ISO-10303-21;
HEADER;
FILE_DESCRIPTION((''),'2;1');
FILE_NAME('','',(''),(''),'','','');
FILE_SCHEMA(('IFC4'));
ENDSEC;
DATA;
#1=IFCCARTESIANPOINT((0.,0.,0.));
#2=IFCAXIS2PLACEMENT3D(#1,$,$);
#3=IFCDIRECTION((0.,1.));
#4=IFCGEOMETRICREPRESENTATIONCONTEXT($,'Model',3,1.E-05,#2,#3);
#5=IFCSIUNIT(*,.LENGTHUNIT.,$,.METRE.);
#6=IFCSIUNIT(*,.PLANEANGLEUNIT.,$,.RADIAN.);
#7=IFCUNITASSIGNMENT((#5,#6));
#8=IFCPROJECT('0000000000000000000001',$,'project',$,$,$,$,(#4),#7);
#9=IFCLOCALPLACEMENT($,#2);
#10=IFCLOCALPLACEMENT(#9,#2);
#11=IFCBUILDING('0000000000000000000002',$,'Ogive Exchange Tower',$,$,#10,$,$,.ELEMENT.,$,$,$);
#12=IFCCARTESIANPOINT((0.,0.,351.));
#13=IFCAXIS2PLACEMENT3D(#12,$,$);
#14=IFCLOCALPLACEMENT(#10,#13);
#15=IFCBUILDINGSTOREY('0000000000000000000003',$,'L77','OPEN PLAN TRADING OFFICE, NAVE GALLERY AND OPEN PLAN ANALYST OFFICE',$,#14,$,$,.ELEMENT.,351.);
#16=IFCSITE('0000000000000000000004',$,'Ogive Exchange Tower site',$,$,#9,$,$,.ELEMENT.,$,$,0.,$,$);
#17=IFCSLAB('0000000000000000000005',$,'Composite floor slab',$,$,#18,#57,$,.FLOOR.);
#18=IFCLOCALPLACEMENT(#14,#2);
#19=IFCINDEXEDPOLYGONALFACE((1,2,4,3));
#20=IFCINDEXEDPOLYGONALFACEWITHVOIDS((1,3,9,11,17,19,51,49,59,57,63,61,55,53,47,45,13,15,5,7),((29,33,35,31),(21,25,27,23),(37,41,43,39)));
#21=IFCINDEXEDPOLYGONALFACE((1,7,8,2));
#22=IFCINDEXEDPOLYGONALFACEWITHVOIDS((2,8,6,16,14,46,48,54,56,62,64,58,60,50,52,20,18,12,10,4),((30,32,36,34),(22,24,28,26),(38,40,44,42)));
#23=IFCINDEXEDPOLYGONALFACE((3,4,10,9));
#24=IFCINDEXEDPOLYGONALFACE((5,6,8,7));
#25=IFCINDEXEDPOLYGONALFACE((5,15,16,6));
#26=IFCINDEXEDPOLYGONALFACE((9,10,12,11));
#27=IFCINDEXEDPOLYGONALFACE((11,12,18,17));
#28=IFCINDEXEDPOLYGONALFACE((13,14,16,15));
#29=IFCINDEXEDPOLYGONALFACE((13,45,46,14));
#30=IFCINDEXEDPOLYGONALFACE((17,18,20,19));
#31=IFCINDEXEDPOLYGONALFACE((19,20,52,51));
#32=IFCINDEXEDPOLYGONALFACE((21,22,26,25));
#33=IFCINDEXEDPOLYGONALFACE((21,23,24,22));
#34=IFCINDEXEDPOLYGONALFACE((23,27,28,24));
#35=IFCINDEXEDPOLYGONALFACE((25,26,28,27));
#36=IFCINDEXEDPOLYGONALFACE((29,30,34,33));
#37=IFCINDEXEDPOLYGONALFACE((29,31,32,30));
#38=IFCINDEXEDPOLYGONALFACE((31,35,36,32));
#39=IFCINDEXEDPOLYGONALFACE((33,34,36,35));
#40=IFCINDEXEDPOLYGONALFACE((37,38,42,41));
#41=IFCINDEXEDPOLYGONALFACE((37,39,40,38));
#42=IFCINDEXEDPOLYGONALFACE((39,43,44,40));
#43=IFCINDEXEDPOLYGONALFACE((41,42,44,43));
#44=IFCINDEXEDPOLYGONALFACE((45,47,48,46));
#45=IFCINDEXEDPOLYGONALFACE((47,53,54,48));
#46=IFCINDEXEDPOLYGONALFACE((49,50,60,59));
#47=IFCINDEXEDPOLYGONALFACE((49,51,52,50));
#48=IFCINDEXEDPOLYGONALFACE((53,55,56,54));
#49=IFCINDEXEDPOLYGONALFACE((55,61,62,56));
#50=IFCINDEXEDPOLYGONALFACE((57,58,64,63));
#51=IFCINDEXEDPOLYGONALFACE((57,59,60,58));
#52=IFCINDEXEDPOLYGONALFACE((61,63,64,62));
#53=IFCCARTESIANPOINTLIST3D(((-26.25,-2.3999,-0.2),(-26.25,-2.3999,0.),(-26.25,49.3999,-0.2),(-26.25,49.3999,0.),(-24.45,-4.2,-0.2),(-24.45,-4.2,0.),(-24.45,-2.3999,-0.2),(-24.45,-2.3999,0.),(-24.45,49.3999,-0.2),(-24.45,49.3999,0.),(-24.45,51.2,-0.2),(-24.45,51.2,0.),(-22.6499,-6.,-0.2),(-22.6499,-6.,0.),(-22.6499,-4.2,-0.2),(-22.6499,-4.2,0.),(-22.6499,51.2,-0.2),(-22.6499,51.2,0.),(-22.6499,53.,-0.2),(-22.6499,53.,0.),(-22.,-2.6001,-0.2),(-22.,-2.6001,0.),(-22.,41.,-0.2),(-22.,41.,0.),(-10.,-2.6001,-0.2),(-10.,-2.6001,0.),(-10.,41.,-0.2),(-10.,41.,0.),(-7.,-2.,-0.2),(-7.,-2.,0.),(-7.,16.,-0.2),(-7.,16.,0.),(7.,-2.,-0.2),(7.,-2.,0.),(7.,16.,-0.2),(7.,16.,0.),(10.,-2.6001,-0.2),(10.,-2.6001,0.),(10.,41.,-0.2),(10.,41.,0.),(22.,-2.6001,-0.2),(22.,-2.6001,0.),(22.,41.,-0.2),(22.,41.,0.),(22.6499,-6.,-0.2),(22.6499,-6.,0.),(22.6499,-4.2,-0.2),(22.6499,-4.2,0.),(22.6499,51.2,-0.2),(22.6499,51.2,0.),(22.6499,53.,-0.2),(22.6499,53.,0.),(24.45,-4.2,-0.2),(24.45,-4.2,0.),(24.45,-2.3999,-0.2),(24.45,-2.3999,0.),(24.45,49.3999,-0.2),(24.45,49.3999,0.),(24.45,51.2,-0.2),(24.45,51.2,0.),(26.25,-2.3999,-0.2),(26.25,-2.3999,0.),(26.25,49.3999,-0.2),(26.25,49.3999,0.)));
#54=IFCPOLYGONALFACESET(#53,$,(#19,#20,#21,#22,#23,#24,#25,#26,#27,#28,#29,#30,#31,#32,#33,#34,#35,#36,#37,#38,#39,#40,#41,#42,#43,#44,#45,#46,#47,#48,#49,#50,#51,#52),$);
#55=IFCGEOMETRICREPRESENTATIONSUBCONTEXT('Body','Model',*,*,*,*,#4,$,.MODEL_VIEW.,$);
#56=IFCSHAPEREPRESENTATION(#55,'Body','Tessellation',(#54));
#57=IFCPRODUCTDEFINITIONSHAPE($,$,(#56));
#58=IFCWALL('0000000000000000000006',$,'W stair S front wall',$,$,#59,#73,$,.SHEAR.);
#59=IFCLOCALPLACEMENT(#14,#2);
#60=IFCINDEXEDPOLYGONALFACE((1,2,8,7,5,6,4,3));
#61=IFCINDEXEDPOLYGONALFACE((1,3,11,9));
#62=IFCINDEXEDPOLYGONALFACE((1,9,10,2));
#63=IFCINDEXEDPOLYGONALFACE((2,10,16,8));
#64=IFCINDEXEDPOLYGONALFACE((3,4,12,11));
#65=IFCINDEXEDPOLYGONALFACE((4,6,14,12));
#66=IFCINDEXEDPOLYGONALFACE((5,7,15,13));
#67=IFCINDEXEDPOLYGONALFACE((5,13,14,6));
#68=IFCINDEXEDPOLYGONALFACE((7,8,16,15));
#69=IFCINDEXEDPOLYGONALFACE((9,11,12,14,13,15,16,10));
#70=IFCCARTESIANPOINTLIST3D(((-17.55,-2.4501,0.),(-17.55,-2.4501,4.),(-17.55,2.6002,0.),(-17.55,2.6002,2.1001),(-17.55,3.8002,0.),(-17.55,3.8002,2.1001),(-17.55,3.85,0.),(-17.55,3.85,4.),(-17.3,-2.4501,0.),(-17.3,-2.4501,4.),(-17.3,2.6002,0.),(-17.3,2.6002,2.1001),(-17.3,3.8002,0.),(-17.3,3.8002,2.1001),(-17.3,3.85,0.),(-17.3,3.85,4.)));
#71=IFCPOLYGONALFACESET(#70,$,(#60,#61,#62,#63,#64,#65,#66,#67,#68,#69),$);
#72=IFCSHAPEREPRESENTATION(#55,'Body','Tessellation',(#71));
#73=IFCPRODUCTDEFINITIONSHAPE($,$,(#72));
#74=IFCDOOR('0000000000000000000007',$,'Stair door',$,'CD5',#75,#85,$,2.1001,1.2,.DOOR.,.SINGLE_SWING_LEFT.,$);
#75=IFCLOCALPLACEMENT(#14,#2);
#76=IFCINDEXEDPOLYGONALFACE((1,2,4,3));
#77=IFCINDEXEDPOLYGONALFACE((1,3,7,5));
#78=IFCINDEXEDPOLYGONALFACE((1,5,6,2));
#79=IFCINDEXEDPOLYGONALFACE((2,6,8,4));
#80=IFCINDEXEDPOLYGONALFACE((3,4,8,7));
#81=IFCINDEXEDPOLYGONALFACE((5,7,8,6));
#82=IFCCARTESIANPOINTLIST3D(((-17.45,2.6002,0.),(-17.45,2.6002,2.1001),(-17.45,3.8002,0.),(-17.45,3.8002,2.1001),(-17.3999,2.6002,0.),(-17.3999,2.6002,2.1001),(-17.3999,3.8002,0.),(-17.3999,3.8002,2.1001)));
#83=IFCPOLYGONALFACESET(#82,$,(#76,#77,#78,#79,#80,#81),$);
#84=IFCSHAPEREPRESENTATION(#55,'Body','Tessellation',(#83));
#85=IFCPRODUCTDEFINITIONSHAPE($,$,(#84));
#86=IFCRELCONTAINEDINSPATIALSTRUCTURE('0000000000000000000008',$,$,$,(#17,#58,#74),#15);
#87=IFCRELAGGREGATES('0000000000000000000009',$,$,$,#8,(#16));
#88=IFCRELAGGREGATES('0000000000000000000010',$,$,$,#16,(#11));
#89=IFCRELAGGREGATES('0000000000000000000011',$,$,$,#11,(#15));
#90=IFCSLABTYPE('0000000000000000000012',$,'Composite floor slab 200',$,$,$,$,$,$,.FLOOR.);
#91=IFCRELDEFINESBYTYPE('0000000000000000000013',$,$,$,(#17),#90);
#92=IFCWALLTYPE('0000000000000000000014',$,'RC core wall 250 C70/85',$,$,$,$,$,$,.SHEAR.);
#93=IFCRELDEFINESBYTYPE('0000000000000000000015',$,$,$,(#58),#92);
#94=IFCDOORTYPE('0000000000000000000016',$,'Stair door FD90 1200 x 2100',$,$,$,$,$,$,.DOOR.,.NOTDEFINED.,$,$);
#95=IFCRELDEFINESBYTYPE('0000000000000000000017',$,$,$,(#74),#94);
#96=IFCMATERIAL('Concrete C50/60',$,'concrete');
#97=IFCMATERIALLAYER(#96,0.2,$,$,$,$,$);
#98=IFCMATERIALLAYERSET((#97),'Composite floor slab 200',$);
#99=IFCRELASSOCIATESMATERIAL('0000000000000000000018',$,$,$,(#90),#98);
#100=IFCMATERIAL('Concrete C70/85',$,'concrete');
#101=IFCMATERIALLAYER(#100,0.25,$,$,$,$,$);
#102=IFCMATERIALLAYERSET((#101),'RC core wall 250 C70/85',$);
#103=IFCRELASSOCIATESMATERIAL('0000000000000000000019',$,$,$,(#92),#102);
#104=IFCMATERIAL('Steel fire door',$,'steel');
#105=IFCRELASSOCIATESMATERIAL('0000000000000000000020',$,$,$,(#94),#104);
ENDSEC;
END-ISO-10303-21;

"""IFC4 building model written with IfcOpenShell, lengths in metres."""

from ifc_helpers import new_model, si_unit, direction, frame, frame_2d, origin, place, context, subcontext, project, spatial, polyline, rectangle, outline, extrude, material, layer, layer_set, type_object, element, fill, save


model = new_model("IFC4")

# Units and contexts
model_context = context("Model", 3, precision=1e-05, world=origin(), true_north=direction((0.0, 1.0)))
body_context = subcontext(model_context, "Body", "Model", "MODEL_VIEW")
ifc_project = project(units=[si_unit("LENGTHUNIT", "METRE"), si_unit("PLANEANGLEUNIT", "RADIAN")], contexts=[model_context])

# Site, building, storey
site_placement = place(None, origin())
site = spatial("IfcSite", under=ifc_project, at=site_placement, Name="Ogive Exchange Tower site", CompositionType="ELEMENT", RefElevation=0.0)
building_placement = place(site_placement, origin())
building = spatial("IfcBuilding", under=site, at=building_placement, Name="Ogive Exchange Tower", CompositionType="ELEMENT")
storey_placement = place(building_placement, frame((0.0, 0.0, 351.0)))
storey = spatial("IfcBuildingStorey", under=building, at=storey_placement, Name="L77", Description="OPEN PLAN TRADING OFFICE, NAVE GALLERY AND OPEN PLAN ANALYST OFFICE", CompositionType="ELEMENT", Elevation=351.0)

# Slab
ifc_material_1 = material(Name="Concrete C50/60", Category="concrete")
ifc_layer_1 = layer(ifc_material_1, 0.2)
ifc_layer_set_1 = layer_set([ifc_layer_1], Name="Composite floor slab 200")
slab_type = type_object("IfcSlabType", Name="Composite floor slab 200", PredefinedType="FLOOR", material=ifc_layer_set_1)
slab_placement = place(storey_placement, frame((0.0, 0.0, -0.2)))
element("IfcSlab", 1, at=slab_placement, inside=storey, type_object=slab_type, Name="Composite floor slab", PredefinedType="FLOOR", context=body_context, shape_type="SweptSolid", body=[
    extrude(outline(polyline([(-22.6499, -4.2), (-24.45, -4.2), (-24.45, -2.3999), (-26.25, -2.3999), (-26.25, 49.3999), (-24.45, 49.3999), (-24.45, 51.2), (-22.6499, 51.2), (-22.6499, 53.0), (22.6499, 53.0), (22.6499, 51.2), (24.45, 51.2), (24.45, 49.3999), (26.25, 49.3999), (26.25, -2.3999), (24.45, -2.3999), (24.45, -4.2), (22.6499, -4.2), (22.6499, -6.0), (-22.6499, -6.0), (-22.6499, -4.2)]), holes=[polyline([(7.0, -2.0), (7.0, 16.0), (-7.0, 16.0), (-7.0, -2.0), (7.0, -2.0)]), polyline([(-22.0, -2.6001), (-10.0, -2.6001), (-10.0, 41.0), (-22.0, 41.0), (-22.0, -2.6001)]), polyline([(10.0, -2.6001), (22.0, -2.6001), (22.0, 41.0), (10.0, 41.0), (10.0, -2.6001)])]), origin(), (0.0, 0.0, 1.0), 0.2),
])

# Wall, opening, door
ifc_material_2 = material(Name="Concrete C70/85", Category="concrete")
ifc_layer_2 = layer(ifc_material_2, 0.25)
ifc_layer_set_2 = layer_set([ifc_layer_2], Name="RC core wall 250 C70/85")
wall_type_1 = type_object("IfcWallType", Name="RC core wall 250 C70/85", PredefinedType="SHEAR", material=ifc_layer_set_2)
wall_1_placement = place(storey_placement, frame((-17.425, -2.45, 0.0), z_axis=(0.0, 0.0, 1.0), x_axis=(0.0, 1.0, 0.0)))
wall_1 = element("IfcWall", 2, at=wall_1_placement, inside=storey, type_object=wall_type_1, Name="W stair S front wall", PredefinedType="SHEAR", context=body_context, shape_type="SweptSolid", body=[
    extrude(rectangle(XDim=6.3, YDim=0.25, at=frame_2d((3.1499, 0.0))), origin(), (0.0, 0.0, 1.0), 4.0),
])
opening_1_placement = place(wall_1_placement, frame((5.05, 0.0, 0.0)))
opening_1 = element("IfcOpeningElement", 3, at=opening_1_placement, cuts=wall_1, PredefinedType="OPENING", context=body_context, shape_type="SweptSolid", body=[
    extrude(rectangle(XDim=1.2, YDim=2.1001, at=frame_2d((0.6001, 1.05))), frame((0.0, 0.135, 0.0), z_axis=(0.0, -1.0, 0.0), x_axis=(1.0, 0.0, 0.0)), (0.0, 0.0, 1.0), 0.27),
])
ifc_material_3 = material(Name="Steel fire door", Category="steel")
door_type_1 = type_object("IfcDoorType", Name="Stair door FD90 1200 x 2100", OperationType="NOTDEFINED", PredefinedType="DOOR", material=ifc_material_3)
door_1_placement = place(opening_1_placement, origin())
door_1 = element("IfcDoor", 4, at=door_1_placement, inside=storey, type_object=door_type_1, Name="Stair door", ObjectType="CD5", OperationType="SINGLE_SWING_LEFT", OverallHeight=2.1001, OverallWidth=1.2, PredefinedType="DOOR", context=body_context, shape_type="SweptSolid", body=[
    extrude(rectangle(XDim=1.2, YDim=2.1001, at=frame_2d((0.6001, 1.05))), frame((0.0, 0.0249, 0.0), z_axis=(0.0, -1.0, 0.0), x_axis=(1.0, 0.0, 0.0)), (0.0, 0.0, 1.0), 0.05),
])
fill(opening_1, door_1)

save(model, "model.ifc")
